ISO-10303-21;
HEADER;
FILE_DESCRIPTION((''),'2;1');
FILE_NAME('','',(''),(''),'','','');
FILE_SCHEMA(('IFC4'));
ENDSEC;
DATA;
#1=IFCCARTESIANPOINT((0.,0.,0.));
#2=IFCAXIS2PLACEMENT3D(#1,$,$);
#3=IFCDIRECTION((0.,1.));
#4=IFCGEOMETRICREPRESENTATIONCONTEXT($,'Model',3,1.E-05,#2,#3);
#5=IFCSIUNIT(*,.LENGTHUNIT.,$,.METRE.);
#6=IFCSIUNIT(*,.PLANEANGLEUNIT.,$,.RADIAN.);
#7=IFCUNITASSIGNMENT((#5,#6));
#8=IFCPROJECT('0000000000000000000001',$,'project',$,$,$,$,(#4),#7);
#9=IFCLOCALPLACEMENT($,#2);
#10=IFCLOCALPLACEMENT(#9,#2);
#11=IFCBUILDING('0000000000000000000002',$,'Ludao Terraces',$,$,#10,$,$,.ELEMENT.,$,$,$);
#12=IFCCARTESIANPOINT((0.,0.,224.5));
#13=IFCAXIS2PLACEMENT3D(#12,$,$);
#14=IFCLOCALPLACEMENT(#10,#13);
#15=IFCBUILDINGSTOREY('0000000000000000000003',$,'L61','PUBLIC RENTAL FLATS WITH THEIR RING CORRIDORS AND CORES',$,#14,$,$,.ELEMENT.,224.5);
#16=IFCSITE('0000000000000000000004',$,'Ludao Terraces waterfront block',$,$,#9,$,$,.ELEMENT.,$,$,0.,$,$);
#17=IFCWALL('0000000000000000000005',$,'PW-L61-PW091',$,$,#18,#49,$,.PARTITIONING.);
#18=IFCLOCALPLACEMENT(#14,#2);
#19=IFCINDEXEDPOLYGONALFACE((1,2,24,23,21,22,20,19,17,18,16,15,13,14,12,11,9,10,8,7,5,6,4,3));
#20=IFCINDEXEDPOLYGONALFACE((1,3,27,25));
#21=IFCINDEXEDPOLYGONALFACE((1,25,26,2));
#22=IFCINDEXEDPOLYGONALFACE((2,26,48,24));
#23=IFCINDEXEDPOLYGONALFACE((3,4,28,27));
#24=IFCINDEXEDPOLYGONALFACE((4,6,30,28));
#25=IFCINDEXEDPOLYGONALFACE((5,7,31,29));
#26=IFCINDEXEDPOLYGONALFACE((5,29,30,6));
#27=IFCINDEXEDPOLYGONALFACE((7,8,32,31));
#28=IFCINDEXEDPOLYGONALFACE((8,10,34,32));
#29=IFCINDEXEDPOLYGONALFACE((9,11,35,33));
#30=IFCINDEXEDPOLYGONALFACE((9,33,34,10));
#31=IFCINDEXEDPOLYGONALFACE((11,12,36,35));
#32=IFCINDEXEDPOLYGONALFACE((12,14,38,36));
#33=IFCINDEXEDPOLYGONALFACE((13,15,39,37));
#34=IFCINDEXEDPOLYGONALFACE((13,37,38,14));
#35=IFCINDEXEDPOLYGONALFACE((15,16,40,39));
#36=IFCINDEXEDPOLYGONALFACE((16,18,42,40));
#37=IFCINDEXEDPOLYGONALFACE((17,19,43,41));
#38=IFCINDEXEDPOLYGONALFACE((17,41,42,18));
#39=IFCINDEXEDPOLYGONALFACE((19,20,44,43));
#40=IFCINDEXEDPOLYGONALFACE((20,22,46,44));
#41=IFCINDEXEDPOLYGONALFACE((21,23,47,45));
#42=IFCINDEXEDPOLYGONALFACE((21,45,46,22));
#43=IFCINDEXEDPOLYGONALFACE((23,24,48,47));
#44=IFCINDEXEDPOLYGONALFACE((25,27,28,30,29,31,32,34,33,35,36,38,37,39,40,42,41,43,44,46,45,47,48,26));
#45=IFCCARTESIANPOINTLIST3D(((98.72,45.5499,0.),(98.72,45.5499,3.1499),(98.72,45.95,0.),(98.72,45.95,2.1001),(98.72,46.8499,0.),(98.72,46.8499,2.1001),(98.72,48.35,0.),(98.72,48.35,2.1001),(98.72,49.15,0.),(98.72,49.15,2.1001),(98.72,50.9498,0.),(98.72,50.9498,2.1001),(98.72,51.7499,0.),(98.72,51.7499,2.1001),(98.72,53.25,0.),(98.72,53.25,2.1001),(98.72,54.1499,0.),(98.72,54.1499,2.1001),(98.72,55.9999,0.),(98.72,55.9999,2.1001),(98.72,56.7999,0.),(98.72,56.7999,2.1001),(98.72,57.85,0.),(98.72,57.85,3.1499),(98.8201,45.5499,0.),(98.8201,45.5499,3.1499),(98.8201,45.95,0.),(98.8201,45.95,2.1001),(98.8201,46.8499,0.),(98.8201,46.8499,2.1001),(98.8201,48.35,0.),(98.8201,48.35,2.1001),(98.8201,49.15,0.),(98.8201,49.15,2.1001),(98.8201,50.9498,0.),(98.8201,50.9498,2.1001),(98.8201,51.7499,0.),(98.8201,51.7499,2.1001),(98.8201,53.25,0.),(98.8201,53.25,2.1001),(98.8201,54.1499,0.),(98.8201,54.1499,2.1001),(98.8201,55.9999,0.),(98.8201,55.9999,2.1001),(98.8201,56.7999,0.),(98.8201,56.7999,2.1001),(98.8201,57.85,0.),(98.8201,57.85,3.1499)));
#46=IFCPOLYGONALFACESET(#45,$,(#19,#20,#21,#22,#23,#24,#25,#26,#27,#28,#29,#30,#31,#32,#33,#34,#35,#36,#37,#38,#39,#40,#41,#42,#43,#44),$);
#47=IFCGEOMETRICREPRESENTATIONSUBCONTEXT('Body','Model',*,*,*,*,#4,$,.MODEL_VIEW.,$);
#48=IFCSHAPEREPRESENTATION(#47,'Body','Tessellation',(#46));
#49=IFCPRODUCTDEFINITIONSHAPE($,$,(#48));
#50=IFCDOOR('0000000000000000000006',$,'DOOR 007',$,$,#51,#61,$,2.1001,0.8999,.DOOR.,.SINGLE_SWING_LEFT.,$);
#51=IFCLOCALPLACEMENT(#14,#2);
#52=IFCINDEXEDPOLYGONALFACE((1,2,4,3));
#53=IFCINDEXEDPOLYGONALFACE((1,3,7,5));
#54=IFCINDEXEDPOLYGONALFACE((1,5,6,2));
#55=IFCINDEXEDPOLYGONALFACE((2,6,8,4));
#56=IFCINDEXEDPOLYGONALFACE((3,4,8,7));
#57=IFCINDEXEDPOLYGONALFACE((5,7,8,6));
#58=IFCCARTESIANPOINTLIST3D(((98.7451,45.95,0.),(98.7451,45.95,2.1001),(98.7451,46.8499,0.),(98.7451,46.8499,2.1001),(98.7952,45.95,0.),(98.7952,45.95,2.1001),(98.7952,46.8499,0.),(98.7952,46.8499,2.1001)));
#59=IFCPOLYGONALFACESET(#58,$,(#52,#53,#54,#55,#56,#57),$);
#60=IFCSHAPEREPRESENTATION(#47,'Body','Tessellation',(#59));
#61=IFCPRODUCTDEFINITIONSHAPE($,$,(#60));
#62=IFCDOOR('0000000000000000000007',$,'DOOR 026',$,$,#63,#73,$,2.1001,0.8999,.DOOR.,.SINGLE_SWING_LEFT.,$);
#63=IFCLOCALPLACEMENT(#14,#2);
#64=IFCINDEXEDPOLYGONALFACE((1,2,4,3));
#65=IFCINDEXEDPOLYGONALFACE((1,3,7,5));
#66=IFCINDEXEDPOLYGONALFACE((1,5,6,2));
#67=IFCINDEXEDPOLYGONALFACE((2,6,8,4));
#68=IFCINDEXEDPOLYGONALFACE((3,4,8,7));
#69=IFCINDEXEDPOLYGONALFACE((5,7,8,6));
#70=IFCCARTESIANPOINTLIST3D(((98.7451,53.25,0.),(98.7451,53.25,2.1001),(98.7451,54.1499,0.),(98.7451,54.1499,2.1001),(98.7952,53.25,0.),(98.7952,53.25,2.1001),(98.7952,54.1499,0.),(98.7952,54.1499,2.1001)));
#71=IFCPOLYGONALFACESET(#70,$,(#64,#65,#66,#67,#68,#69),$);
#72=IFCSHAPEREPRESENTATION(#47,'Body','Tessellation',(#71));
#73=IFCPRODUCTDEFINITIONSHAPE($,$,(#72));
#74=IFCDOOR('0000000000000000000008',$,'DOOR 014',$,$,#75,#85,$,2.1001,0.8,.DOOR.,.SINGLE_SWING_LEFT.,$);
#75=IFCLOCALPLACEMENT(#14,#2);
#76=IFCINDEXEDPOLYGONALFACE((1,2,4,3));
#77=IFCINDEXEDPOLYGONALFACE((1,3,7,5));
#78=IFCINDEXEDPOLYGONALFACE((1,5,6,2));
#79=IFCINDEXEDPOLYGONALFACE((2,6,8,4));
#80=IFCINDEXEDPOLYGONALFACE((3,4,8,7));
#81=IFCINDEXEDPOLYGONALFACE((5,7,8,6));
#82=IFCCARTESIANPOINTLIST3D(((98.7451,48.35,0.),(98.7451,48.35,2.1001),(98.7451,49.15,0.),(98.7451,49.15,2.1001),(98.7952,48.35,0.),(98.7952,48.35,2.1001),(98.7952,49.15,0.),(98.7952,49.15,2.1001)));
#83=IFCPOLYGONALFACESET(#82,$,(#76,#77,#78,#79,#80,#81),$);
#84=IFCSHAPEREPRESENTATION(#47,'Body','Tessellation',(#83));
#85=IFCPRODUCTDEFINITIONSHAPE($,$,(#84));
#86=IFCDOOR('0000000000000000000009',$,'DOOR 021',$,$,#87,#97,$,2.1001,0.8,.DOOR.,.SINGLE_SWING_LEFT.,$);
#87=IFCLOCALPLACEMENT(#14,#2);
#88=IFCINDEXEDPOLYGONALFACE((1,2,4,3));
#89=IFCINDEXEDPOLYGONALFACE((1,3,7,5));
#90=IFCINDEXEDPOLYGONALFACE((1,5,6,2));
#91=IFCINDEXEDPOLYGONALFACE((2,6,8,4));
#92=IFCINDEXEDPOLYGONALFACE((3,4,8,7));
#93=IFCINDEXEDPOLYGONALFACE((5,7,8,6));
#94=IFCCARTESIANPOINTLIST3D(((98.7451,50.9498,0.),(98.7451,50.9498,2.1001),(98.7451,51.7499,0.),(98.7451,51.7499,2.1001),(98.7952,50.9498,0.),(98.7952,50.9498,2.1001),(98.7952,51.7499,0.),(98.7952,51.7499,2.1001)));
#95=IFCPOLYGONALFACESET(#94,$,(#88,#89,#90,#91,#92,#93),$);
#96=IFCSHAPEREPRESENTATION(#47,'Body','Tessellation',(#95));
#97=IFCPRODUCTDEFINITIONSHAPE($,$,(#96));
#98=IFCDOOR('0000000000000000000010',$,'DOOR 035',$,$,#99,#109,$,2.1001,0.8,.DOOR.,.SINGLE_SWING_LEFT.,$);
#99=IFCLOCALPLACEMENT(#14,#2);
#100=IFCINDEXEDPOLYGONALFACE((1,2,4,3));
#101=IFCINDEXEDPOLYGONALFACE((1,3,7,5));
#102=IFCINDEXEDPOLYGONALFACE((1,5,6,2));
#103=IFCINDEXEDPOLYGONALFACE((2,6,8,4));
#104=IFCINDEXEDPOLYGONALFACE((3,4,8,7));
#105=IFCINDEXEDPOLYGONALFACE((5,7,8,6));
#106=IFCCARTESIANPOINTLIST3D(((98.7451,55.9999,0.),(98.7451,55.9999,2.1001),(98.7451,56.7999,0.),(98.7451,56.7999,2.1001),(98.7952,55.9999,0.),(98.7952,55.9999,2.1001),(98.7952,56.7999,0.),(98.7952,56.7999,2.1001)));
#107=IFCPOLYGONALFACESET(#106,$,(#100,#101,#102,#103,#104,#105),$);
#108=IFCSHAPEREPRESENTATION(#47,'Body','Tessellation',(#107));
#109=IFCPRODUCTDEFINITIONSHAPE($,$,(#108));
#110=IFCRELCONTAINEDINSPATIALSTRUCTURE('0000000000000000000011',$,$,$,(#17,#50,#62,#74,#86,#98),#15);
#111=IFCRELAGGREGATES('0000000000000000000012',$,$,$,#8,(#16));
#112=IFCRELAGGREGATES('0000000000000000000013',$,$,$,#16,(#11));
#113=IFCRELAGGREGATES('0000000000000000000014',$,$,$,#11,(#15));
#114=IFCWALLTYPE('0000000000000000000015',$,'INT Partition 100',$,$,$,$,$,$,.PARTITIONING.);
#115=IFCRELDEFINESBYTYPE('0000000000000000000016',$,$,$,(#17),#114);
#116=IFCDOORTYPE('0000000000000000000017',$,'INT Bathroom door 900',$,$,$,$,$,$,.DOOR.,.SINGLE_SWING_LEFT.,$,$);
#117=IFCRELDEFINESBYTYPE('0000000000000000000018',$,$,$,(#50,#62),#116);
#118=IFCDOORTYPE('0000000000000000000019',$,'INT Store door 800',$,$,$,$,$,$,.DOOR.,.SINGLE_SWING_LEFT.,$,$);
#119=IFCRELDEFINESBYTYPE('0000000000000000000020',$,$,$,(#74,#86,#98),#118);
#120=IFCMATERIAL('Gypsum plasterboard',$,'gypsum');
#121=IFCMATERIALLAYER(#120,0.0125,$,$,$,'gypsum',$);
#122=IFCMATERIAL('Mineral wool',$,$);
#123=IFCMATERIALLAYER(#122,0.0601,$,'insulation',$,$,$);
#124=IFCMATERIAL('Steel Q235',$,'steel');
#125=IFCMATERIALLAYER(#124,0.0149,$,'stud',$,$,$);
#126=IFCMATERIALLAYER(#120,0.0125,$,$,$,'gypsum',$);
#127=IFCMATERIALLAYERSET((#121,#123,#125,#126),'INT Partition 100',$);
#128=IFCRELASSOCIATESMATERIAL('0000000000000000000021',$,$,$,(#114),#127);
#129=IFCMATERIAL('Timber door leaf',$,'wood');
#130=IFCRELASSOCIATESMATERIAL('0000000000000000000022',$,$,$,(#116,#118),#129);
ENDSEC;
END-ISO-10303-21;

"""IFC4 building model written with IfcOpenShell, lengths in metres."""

from ifc_helpers import new_model, si_unit, direction, frame, frame_2d, origin, place, context, subcontext, project, spatial, rectangle, extrude, material, layer, layer_set, type_object, element, fill, save


model = new_model("IFC4")

# Units and contexts
model_context = context("Model", 3, precision=1e-05, world=origin(), true_north=direction((0.0, 1.0)))
body_context = subcontext(model_context, "Body", "Model", "MODEL_VIEW")
ifc_project = project(units=[si_unit("LENGTHUNIT", "METRE"), si_unit("PLANEANGLEUNIT", "RADIAN")], contexts=[model_context])

# Site, building, storey
site_placement = place(None, origin())
site = spatial("IfcSite", under=ifc_project, at=site_placement, Name="Ludao Terraces waterfront block", CompositionType="ELEMENT", RefElevation=0.0)
building_placement = place(site_placement, origin())
building = spatial("IfcBuilding", under=site, at=building_placement, Name="Ludao Terraces", CompositionType="ELEMENT")
storey_placement = place(building_placement, frame((0.0, 0.0, 224.5)))
storey = spatial("IfcBuildingStorey", under=building, at=storey_placement, Name="L61", Description="PUBLIC RENTAL FLATS WITH THEIR RING CORRIDORS AND CORES", CompositionType="ELEMENT", Elevation=224.5)

# Shared definitions
ifc_material_1 = material(Name="Mineral wool")

# Shared definitions
ifc_material_2 = material(Name="Steel Q235", Category="steel")

# Shared definitions
ifc_material_3 = material(Name="Gypsum plasterboard", Category="gypsum")
ifc_layer_1 = layer(ifc_material_3, 0.0125, Category="gypsum")
ifc_layer_2 = layer(ifc_material_1, 0.0601, Name="insulation")
ifc_layer_3 = layer(ifc_material_2, 0.0149, Name="stud")
ifc_layer_4 = layer(ifc_material_3, 0.0125, Category="gypsum")
ifc_layer_set_1 = layer_set([ifc_layer_1, ifc_layer_2, ifc_layer_3, ifc_layer_4], Name="INT Partition 100")
wall_type_1 = type_object("IfcWallType", Name="INT Partition 100", PredefinedType="PARTITIONING", material=ifc_layer_set_1)

# Wall, openings, doors
wall_1_placement = place(storey_placement, frame((98.77, 45.55, 0.0), z_axis=(0.0, 0.0, 1.0), x_axis=(0.0, 1.0, 0.0)))
wall_1 = element("IfcWall", 1, at=wall_1_placement, inside=storey, type_object=wall_type_1, Name="PW-L61-PW091", PredefinedType="PARTITIONING", context=body_context, shape_type="SweptSolid", body=[
    extrude(rectangle(XDim=12.3, YDim=0.1001, at=frame_2d((6.1499, 0.0))), origin(), (0.0, 0.0, 1.0), 3.1499),
])
opening_1_placement = place(wall_1_placement, frame((0.3999, 0.0, 0.0)))
opening_1 = element("IfcOpeningElement", 2, at=opening_1_placement, cuts=wall_1, PredefinedType="OPENING", context=body_context, shape_type="SweptSolid", body=[
    extrude(rectangle(XDim=0.8999, YDim=2.1001, at=frame_2d((0.45, 1.05))), frame((0.0, 0.0601, 0.0), z_axis=(0.0, -1.0, 0.0), x_axis=(1.0, 0.0, 0.0)), (0.0, 0.0, 1.0), 0.1201),
])
opening_2_placement = place(wall_1_placement, frame((2.8, 0.0, 0.0)))
opening_2 = element("IfcOpeningElement", 3, at=opening_2_placement, cuts=wall_1, PredefinedType="OPENING", context=body_context, shape_type="SweptSolid", body=[
    extrude(rectangle(XDim=0.8, YDim=2.1001, at=frame_2d((0.3999, 1.05))), frame((0.0, 0.0601, 0.0), z_axis=(0.0, -1.0, 0.0), x_axis=(1.0, 0.0, 0.0)), (0.0, 0.0, 1.0), 0.1201),
])
opening_3_placement = place(wall_1_placement, frame((5.3999, 0.0, 0.0)))
opening_3 = element("IfcOpeningElement", 4, at=opening_3_placement, cuts=wall_1, PredefinedType="OPENING", context=body_context, shape_type="SweptSolid", body=[
    extrude(rectangle(XDim=0.8, YDim=2.1001, at=frame_2d((0.3999, 1.05))), frame((0.0, 0.0601, 0.0), z_axis=(0.0, -1.0, 0.0), x_axis=(1.0, 0.0, 0.0)), (0.0, 0.0, 1.0), 0.1201),
])
opening_4_placement = place(wall_1_placement, frame((7.7, 0.0, 0.0)))
opening_4 = element("IfcOpeningElement", 5, at=opening_4_placement, cuts=wall_1, PredefinedType="OPENING", context=body_context, shape_type="SweptSolid", body=[
    extrude(rectangle(XDim=0.8999, YDim=2.1001, at=frame_2d((0.45, 1.05))), frame((0.0, 0.0601, 0.0), z_axis=(0.0, -1.0, 0.0), x_axis=(1.0, 0.0, 0.0)), (0.0, 0.0, 1.0), 0.1201),
])
opening_5_placement = place(wall_1_placement, frame((10.45, 0.0, 0.0)))
opening_5 = element("IfcOpeningElement", 6, at=opening_5_placement, cuts=wall_1, PredefinedType="OPENING", context=body_context, shape_type="SweptSolid", body=[
    extrude(rectangle(XDim=0.8, YDim=2.1001, at=frame_2d((0.3999, 1.05))), frame((0.0, 0.0601, 0.0), z_axis=(0.0, -1.0, 0.0), x_axis=(1.0, 0.0, 0.0)), (0.0, 0.0, 1.0), 0.1201),
])
ifc_material_4 = material(Name="Timber door leaf", Category="wood")
door_type_1 = type_object("IfcDoorType", Name="INT Bathroom door 900", OperationType="SINGLE_SWING_LEFT", PredefinedType="DOOR", material=ifc_material_4)
door_1_placement = place(opening_1_placement, origin())
door_1 = element("IfcDoor", 7, at=door_1_placement, inside=storey, type_object=door_type_1, Name="DOOR 007", OperationType="SINGLE_SWING_LEFT", OverallHeight=2.1001, OverallWidth=0.8999, PredefinedType="DOOR", context=body_context, shape_type="SweptSolid", body=[
    extrude(rectangle(XDim=0.8999, YDim=2.1001, at=frame_2d((0.45, 1.05))), frame((0.0, 0.0249, 0.0), z_axis=(0.0, -1.0, 0.0), x_axis=(1.0, 0.0, 0.0)), (0.0, 0.0, 1.0), 0.05),
])
fill(opening_1, door_1)
door_2_placement = place(opening_4_placement, origin())
door_2 = element("IfcDoor", 8, at=door_2_placement, inside=storey, type_object=door_type_1, Name="DOOR 026", OperationType="SINGLE_SWING_LEFT", OverallHeight=2.1001, OverallWidth=0.8999, PredefinedType="DOOR", context=body_context, shape_type="SweptSolid", body=[
    extrude(rectangle(XDim=0.8999, YDim=2.1001, at=frame_2d((0.45, 1.05))), frame((0.0, 0.0249, 0.0), z_axis=(0.0, -1.0, 0.0), x_axis=(1.0, 0.0, 0.0)), (0.0, 0.0, 1.0), 0.05),
])
fill(opening_4, door_2)
door_type_2 = type_object("IfcDoorType", Name="INT Store door 800", OperationType="SINGLE_SWING_LEFT", PredefinedType="DOOR", material=ifc_material_4)
door_3_placement = place(opening_2_placement, origin())
door_3 = element("IfcDoor", 9, at=door_3_placement, inside=storey, type_object=door_type_2, Name="DOOR 014", OperationType="SINGLE_SWING_LEFT", OverallHeight=2.1001, OverallWidth=0.8, PredefinedType="DOOR", context=body_context, shape_type="SweptSolid", body=[
    extrude(rectangle(XDim=0.8, YDim=2.1001, at=frame_2d((0.3999, 1.05))), frame((0.0, 0.0249, 0.0), z_axis=(0.0, -1.0, 0.0), x_axis=(1.0, 0.0, 0.0)), (0.0, 0.0, 1.0), 0.05),
])
fill(opening_2, door_3)
door_4_placement = place(opening_3_placement, origin())
door_4 = element("IfcDoor", 10, at=door_4_placement, inside=storey, type_object=door_type_2, Name="DOOR 021", OperationType="SINGLE_SWING_LEFT", OverallHeight=2.1001, OverallWidth=0.8, PredefinedType="DOOR", context=body_context, shape_type="SweptSolid", body=[
    extrude(rectangle(XDim=0.8, YDim=2.1001, at=frame_2d((0.3999, 1.05))), frame((0.0, 0.0249, 0.0), z_axis=(0.0, -1.0, 0.0), x_axis=(1.0, 0.0, 0.0)), (0.0, 0.0, 1.0), 0.05),
])
fill(opening_3, door_4)
door_5_placement = place(opening_5_placement, origin())
door_5 = element("IfcDoor", 11, at=door_5_placement, inside=storey, type_object=door_type_2, Name="DOOR 035", OperationType="SINGLE_SWING_LEFT", OverallHeight=2.1001, OverallWidth=0.8, PredefinedType="DOOR", context=body_context, shape_type="SweptSolid", body=[
    extrude(rectangle(XDim=0.8, YDim=2.1001, at=frame_2d((0.3999, 1.05))), frame((0.0, 0.0249, 0.0), z_axis=(0.0, -1.0, 0.0), x_axis=(1.0, 0.0, 0.0)), (0.0, 0.0, 1.0), 0.05),
])
fill(opening_5, door_5)

save(model, "model.ifc")
